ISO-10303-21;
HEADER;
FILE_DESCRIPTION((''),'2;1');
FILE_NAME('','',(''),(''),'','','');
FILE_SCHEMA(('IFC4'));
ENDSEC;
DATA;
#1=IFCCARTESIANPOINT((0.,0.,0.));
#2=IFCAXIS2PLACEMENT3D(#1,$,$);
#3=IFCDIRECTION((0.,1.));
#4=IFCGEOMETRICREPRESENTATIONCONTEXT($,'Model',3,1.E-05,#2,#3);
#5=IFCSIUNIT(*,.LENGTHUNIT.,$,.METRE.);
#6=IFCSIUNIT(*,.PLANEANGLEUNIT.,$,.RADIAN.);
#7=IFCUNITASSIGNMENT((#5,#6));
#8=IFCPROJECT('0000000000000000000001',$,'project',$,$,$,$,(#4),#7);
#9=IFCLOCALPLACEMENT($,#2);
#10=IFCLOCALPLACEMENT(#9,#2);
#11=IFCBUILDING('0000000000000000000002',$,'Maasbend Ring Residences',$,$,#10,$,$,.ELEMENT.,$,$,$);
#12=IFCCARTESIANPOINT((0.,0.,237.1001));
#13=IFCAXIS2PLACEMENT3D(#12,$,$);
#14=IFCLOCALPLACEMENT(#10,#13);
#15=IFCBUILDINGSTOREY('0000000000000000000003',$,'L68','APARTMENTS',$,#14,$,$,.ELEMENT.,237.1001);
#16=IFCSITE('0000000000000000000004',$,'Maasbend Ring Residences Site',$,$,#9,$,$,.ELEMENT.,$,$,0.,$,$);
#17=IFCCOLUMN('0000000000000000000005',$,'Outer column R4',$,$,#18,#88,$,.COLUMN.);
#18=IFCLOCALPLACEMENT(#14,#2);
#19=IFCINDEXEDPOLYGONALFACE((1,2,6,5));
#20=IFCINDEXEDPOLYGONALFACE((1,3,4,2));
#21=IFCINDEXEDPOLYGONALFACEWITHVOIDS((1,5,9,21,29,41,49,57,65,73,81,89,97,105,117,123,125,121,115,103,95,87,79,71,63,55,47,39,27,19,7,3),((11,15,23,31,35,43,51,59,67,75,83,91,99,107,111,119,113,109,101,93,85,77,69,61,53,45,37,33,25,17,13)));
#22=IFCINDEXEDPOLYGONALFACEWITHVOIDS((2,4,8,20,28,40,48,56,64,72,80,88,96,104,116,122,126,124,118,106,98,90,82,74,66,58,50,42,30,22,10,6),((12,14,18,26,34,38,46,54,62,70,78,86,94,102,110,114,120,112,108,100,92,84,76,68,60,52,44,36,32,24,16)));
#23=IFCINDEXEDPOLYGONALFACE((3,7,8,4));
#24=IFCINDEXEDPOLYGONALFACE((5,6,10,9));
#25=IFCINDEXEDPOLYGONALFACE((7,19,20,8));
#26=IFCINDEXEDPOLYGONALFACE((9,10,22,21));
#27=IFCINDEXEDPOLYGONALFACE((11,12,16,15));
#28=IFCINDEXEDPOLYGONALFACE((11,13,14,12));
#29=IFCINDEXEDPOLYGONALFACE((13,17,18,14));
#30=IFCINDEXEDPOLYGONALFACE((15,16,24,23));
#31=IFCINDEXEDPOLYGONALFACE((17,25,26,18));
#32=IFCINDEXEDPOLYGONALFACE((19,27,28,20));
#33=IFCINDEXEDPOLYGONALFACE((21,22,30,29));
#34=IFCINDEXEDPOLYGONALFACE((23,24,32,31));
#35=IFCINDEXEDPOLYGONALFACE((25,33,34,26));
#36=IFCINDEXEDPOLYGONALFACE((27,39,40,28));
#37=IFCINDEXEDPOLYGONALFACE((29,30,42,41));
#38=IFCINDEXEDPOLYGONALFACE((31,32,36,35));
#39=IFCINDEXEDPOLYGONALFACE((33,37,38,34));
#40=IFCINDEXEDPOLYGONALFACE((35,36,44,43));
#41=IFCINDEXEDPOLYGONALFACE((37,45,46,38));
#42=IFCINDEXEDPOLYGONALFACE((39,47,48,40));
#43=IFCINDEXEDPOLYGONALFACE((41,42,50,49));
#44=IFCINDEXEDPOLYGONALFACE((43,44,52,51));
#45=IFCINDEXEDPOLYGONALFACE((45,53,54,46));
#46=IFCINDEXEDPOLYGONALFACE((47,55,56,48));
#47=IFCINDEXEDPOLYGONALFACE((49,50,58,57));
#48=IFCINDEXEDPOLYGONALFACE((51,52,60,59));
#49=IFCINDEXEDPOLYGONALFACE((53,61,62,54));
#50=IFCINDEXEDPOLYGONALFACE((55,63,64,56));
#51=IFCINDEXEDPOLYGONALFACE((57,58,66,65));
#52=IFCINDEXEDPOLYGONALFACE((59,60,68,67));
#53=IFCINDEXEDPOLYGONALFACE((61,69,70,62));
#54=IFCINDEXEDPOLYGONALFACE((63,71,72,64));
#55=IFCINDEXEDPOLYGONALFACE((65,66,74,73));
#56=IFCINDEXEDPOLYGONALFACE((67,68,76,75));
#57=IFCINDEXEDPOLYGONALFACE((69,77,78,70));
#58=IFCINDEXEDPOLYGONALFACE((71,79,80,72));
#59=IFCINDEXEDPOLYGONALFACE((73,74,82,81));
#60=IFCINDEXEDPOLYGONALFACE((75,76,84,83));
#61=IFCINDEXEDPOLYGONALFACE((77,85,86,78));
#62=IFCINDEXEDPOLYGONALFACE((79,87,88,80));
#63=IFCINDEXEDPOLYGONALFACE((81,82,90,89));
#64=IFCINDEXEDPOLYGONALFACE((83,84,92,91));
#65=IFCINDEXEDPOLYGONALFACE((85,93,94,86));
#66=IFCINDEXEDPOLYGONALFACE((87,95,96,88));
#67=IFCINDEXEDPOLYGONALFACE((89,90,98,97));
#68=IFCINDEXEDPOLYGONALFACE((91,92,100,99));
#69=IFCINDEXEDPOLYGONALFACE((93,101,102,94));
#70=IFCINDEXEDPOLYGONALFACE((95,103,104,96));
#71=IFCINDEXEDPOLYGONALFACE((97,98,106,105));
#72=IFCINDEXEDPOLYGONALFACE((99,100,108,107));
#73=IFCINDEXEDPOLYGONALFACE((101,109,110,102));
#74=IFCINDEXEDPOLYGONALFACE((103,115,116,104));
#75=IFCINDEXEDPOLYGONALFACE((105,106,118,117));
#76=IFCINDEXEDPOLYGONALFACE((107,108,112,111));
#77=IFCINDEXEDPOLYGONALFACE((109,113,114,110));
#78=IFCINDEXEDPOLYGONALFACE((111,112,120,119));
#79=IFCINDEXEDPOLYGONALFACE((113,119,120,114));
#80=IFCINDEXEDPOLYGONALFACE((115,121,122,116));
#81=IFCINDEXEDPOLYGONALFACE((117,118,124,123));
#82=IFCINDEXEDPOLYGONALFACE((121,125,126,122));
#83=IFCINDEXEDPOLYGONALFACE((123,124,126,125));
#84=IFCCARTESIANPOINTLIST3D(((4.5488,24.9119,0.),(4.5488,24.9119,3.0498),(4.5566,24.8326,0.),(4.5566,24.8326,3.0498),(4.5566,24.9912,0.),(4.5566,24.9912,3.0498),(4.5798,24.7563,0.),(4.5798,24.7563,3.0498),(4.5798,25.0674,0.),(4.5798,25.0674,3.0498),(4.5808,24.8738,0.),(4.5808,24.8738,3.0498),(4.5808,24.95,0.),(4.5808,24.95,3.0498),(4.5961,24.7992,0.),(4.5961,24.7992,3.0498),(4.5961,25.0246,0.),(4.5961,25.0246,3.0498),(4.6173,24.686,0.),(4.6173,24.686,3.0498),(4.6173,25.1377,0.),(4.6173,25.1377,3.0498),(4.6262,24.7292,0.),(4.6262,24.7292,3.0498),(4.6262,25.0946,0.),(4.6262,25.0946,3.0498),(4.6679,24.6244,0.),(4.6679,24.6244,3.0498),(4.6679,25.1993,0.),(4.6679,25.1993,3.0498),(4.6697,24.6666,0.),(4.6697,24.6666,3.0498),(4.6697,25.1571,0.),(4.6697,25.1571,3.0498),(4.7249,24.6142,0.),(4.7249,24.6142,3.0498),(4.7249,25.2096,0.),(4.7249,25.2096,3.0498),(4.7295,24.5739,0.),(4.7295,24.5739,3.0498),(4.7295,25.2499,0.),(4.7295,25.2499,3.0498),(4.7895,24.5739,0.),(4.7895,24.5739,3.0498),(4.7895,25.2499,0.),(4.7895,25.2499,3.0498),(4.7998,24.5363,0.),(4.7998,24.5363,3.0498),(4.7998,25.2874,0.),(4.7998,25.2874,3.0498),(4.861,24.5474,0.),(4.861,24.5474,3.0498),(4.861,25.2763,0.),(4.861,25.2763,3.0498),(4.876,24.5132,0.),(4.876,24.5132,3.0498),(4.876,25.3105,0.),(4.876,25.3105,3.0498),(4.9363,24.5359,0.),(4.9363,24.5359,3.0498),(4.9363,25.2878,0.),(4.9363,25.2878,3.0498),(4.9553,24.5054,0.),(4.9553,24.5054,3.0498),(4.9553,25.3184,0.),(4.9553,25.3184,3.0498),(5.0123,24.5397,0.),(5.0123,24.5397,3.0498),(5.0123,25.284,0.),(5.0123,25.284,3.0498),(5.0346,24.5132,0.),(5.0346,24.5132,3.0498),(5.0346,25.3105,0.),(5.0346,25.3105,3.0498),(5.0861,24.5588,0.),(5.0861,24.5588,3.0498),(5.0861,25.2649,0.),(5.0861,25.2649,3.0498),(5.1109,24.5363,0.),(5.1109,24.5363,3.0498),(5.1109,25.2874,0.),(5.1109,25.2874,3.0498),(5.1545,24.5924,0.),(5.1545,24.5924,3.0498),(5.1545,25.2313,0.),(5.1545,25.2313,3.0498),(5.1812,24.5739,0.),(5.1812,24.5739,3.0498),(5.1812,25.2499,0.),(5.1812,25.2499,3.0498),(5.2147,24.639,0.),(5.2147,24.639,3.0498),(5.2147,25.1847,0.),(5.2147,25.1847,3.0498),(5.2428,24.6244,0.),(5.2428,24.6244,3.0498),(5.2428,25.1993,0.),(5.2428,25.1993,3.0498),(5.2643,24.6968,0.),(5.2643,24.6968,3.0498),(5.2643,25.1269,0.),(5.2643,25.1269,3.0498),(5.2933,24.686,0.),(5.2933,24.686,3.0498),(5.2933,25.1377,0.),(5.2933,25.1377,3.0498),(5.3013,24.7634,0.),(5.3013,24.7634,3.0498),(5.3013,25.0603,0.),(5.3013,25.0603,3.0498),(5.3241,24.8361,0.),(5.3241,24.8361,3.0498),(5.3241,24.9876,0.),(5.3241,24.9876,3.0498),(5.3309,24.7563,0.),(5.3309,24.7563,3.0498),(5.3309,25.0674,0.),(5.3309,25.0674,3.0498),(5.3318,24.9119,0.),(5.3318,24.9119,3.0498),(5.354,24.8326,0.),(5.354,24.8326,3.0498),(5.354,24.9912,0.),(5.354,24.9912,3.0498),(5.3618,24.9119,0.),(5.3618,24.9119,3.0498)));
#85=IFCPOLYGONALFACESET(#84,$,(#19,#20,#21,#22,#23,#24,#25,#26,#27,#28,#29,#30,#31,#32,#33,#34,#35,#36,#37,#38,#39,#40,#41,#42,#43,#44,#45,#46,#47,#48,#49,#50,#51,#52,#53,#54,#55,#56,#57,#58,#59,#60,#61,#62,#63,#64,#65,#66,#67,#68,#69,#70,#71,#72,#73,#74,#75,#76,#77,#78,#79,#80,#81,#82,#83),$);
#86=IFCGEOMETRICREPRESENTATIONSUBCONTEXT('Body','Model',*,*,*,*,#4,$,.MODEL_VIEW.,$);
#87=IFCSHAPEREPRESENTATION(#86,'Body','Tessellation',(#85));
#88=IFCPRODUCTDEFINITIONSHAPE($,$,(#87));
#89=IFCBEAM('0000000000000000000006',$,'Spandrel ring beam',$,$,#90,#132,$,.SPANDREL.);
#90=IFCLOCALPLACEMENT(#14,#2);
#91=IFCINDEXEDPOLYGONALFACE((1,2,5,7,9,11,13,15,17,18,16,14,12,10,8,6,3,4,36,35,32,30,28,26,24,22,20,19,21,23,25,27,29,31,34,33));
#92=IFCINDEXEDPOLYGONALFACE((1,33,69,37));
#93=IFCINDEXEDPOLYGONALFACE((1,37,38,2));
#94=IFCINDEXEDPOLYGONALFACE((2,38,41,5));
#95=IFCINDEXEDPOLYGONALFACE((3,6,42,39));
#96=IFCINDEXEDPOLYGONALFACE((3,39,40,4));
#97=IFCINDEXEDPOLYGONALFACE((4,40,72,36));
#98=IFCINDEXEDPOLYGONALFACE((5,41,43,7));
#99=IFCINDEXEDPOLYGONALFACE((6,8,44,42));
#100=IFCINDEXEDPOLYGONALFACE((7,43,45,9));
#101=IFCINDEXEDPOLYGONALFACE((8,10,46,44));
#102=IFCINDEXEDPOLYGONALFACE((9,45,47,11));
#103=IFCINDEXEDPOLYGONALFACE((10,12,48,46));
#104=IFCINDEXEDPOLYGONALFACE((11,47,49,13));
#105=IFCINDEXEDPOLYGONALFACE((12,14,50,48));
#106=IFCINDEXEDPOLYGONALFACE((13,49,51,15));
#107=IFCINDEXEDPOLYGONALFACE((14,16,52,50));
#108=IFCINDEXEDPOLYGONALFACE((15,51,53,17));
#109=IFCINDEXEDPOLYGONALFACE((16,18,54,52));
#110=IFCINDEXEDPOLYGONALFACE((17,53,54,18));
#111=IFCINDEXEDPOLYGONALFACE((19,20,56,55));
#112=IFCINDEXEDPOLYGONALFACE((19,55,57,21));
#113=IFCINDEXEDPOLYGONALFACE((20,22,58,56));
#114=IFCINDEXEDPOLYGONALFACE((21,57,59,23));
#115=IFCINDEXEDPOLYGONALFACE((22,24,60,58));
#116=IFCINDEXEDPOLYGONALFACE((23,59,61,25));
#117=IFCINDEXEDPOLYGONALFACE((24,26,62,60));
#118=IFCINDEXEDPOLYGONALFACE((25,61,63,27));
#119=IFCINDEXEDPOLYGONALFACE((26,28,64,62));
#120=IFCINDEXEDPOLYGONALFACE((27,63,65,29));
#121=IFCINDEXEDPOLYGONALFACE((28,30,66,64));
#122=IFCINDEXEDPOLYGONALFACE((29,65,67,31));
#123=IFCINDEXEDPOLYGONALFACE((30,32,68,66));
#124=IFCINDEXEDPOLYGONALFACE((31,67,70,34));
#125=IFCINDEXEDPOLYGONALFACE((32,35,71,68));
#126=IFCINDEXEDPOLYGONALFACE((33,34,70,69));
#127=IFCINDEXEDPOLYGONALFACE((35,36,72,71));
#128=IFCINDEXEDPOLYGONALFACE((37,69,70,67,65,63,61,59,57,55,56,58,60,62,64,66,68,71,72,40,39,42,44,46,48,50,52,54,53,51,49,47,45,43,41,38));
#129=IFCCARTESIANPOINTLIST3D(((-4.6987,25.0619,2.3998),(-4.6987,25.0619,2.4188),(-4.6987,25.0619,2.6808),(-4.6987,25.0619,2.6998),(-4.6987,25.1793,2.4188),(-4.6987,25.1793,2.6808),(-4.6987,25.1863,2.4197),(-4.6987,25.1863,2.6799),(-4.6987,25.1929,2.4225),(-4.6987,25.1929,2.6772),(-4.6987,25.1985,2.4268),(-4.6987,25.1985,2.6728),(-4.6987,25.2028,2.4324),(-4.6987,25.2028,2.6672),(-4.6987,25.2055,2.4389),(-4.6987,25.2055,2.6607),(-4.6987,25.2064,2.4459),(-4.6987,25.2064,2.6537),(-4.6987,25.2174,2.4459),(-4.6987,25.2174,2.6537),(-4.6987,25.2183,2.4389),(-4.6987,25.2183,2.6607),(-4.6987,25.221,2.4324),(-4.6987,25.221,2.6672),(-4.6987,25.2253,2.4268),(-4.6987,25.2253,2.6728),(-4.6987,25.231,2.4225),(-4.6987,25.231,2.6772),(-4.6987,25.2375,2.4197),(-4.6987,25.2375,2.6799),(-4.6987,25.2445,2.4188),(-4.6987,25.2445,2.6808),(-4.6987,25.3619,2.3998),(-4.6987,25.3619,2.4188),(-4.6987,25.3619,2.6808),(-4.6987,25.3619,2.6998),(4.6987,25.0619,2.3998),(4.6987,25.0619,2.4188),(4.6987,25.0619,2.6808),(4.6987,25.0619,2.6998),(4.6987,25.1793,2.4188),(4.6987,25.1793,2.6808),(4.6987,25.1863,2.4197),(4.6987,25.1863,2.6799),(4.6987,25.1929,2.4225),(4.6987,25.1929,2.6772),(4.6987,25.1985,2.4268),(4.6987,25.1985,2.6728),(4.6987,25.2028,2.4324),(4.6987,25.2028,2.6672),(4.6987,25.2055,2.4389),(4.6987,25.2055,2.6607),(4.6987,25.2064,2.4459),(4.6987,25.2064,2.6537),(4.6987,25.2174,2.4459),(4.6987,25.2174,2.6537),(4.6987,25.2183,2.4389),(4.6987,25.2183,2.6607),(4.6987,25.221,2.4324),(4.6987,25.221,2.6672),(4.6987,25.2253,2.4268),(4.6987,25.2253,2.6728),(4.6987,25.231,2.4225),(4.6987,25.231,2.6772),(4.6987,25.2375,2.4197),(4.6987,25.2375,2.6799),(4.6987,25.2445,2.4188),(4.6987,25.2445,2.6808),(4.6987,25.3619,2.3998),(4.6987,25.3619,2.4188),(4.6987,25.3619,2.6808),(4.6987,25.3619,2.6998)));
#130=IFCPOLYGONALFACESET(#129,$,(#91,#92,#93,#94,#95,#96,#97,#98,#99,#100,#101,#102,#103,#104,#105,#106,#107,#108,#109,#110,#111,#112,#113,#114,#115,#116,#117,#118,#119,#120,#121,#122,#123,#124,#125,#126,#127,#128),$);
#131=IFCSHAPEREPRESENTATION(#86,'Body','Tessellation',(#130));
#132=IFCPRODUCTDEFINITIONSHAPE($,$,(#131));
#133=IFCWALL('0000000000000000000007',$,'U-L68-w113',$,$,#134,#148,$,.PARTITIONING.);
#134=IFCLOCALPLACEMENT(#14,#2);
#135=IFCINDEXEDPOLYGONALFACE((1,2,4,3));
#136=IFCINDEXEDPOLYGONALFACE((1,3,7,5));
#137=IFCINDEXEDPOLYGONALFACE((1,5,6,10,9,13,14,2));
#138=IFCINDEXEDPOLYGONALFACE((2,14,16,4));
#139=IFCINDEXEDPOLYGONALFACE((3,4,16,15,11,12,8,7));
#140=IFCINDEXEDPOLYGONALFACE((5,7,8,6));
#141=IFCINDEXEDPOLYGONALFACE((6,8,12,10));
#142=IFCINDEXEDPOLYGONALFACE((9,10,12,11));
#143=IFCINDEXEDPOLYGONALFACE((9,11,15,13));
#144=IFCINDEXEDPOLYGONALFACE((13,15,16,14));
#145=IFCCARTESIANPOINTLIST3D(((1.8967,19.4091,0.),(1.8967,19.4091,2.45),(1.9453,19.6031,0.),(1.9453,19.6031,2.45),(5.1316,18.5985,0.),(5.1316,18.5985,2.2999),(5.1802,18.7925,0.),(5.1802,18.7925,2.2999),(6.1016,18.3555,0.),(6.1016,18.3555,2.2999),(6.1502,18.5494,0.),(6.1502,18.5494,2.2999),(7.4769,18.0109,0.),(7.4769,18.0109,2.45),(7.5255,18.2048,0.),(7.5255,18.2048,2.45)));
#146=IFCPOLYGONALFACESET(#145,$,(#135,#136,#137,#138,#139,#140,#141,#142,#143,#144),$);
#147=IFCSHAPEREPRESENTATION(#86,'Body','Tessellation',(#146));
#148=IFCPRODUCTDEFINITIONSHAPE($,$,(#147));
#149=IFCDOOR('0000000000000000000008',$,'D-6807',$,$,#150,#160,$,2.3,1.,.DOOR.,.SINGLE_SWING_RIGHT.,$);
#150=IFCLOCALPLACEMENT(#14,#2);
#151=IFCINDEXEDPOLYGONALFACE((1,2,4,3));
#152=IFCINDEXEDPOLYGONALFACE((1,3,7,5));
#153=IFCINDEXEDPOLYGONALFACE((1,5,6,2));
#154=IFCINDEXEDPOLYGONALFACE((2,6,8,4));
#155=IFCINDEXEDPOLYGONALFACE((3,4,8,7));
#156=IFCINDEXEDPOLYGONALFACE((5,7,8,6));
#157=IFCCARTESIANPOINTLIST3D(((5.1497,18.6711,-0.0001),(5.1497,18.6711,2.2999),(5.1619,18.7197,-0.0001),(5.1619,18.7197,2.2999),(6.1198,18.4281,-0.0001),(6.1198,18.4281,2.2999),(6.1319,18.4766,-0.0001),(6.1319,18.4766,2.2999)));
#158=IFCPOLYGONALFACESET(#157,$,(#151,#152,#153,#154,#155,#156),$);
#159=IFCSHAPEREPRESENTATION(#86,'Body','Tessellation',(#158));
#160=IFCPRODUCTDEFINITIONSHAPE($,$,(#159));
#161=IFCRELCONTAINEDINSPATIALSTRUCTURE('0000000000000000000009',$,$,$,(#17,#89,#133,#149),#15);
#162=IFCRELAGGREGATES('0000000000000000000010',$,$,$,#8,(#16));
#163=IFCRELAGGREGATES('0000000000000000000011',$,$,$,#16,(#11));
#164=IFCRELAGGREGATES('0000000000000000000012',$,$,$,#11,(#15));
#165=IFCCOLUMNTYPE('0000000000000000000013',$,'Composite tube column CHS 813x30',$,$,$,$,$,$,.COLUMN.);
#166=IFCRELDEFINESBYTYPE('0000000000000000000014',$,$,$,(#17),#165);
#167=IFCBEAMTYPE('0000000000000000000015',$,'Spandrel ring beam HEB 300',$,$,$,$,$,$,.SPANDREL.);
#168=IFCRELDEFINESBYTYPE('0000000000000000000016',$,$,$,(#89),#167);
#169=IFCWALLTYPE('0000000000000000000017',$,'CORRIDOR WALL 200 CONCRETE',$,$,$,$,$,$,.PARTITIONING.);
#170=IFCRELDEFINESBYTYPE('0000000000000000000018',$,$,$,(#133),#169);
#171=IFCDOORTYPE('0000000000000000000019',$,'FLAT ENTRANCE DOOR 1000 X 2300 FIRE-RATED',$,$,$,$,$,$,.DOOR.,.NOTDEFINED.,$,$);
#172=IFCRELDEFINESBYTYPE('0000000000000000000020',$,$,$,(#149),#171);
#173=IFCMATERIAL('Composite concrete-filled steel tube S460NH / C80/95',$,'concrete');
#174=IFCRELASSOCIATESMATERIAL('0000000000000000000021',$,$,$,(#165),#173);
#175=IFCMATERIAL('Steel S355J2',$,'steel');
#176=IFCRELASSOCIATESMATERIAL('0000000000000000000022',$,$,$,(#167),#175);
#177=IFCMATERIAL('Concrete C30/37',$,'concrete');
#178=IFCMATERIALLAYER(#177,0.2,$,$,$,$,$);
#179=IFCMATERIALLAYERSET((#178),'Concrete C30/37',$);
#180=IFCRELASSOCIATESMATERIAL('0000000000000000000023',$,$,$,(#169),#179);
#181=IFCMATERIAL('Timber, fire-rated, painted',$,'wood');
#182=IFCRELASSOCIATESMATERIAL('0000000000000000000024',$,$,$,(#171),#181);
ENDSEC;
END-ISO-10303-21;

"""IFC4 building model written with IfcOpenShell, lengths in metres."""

from ifc_helpers import new_model, si_unit, direction, frame, frame_2d, origin, origin_2d, place, context, subcontext, project, spatial, rectangle, hollow_circle, i_section, extrude, material, layer, layer_set, material_profile, profile_set, type_object, element, fill, save


model = new_model("IFC4")

# Units and contexts
model_context = context("Model", 3, precision=1e-05, world=origin(), true_north=direction((0.0, 1.0)))
body_context = subcontext(model_context, "Body", "Model", "MODEL_VIEW")
ifc_project = project(units=[si_unit("LENGTHUNIT", "METRE"), si_unit("PLANEANGLEUNIT", "RADIAN")], contexts=[model_context])

# Site, building, storey
site_placement = place(None, origin())
site = spatial("IfcSite", under=ifc_project, at=site_placement, Name="Maasbend Ring Residences Site", CompositionType="ELEMENT", RefElevation=0.0)
building_placement = place(site_placement, origin())
building = spatial("IfcBuilding", under=site, at=building_placement, Name="Maasbend Ring Residences", CompositionType="ELEMENT")
storey_placement = place(building_placement, frame((0.0, 0.0, 237.1001)))
storey = spatial("IfcBuildingStorey", under=building, at=storey_placement, Name="L68", Description="APARTMENTS", CompositionType="ELEMENT", Elevation=237.1001)

# Column
ifc_material_1 = material(Name="Composite concrete-filled steel tube S460NH / C80/95", Category="concrete")
ifc_material_profile_1 = material_profile(ifc_material_1, hollow_circle(Radius=0.4065, WallThickness=0.03, at=origin_2d()), Name="Composite tube column CHS 813x30")
ifc_profile_set_1 = profile_set([ifc_material_profile_1], Name="Composite concrete-filled steel tube S460NH / C80/95")
column_type = type_object("IfcColumnType", Name="Composite tube column CHS 813x30", PredefinedType="COLUMN", material=ifc_profile_set_1)
column_placement = place(storey_placement, frame((4.9553, 24.9119, 0.0), z_axis=(0.0, 0.0, 1.0), x_axis=(1.0, 0.0, 0.0)))
element("IfcColumn", 1, at=column_placement, inside=storey, type_object=column_type, Name="Outer column R4", PredefinedType="COLUMN", context=body_context, shape_type="SweptSolid", body=[
    extrude(hollow_circle(Radius=0.4065, WallThickness=0.03, at=origin_2d()), origin(), (0.0, 0.0, 1.0), 3.0498),
])

# Beam
ifc_material_2 = material(Name="Steel S355J2", Category="steel")
ifc_material_profile_2 = material_profile(ifc_material_2, i_section(OverallWidth=0.3, OverallDepth=0.3, WebThickness=0.011, FlangeThickness=0.019, FilletRadius=0.0271, at=origin_2d()), Name="HEB 300")
ifc_profile_set_2 = profile_set([ifc_material_profile_2], Name="Steel S355J2")
beam_type = type_object("IfcBeamType", Name="Spandrel ring beam HEB 300", PredefinedType="SPANDREL", material=ifc_profile_set_2)
beam_placement = place(storey_placement, frame((4.6987, 25.2119, 2.5498), z_axis=(-1.0, 0.0, 0.0), x_axis=(0.0, -1.0, 0.0)))
element("IfcBeam", 2, at=beam_placement, inside=storey, type_object=beam_type, Name="Spandrel ring beam", PredefinedType="SPANDREL", context=body_context, shape_type="SweptSolid", body=[
    extrude(i_section(OverallWidth=0.3, OverallDepth=0.3, WebThickness=0.011, FlangeThickness=0.019, FilletRadius=0.0271, at=origin_2d()), origin(), (0.0, 0.0, 1.0), 9.3975),
])

# Wall, opening, door
ifc_material_3 = material(Name="Concrete C30/37", Category="concrete")
ifc_layer_1 = layer(ifc_material_3, 0.2)
ifc_layer_set_1 = layer_set([ifc_layer_1], Name="Concrete C30/37")
wall_type_1 = type_object("IfcWallType", Name="CORRIDOR WALL 200 CONCRETE", PredefinedType="PARTITIONING", material=ifc_layer_set_1)
wall_1_placement = place(storey_placement, frame((1.9209, 19.5061, 0.0), z_axis=(0.0, 0.0, 1.0), x_axis=(0.970013, -0.243055, 0.0)))
wall_1 = element("IfcWall", 3, at=wall_1_placement, inside=storey, type_object=wall_type_1, Name="U-L68-w113", PredefinedType="PARTITIONING", context=body_context, shape_type="SweptSolid", body=[
    extrude(rectangle(XDim=5.7527, YDim=0.2, at=frame_2d((2.8765, 0.0))), origin(), (0.0, 0.0, 1.0), 2.45),
])
opening_1_placement = place(wall_1_placement, frame((3.335, 0.0, 0.0)))
opening_1 = element("IfcOpeningElement", 4, at=opening_1_placement, cuts=wall_1, PredefinedType="OPENING", context=body_context, shape_type="SweptSolid", body=[
    extrude(rectangle(XDim=1.0, YDim=2.3, at=frame_2d((0.5, 1.1499))), frame((0.0, 0.1099, 0.0), z_axis=(0.0, -1.0, 0.0), x_axis=(1.0, 0.0, 0.0)), (0.0, 0.0, 1.0), 0.22),
])
ifc_material_4 = material(Name="Timber, fire-rated, painted", Category="wood")
door_type_1 = type_object("IfcDoorType", Name="FLAT ENTRANCE DOOR 1000 X 2300 FIRE-RATED", OperationType="NOTDEFINED", PredefinedType="DOOR", material=ifc_material_4)
door_1_placement = place(opening_1_placement, origin())
door_1 = element("IfcDoor", 5, at=door_1_placement, inside=storey, type_object=door_type_1, Name="D-6807", OperationType="SINGLE_SWING_RIGHT", OverallHeight=2.3, OverallWidth=1.0, PredefinedType="DOOR", context=body_context, shape_type="SweptSolid", body=[
    extrude(rectangle(XDim=1.0, YDim=2.3, at=frame_2d((0.5, 1.1499))), frame((0.0, 0.0249, 0.0), z_axis=(0.0, -1.0, 0.0), x_axis=(1.0, 0.0, 0.0)), (0.0, 0.0, 1.0), 0.05),
])
fill(opening_1, door_1)

save(model, "model.ifc")
